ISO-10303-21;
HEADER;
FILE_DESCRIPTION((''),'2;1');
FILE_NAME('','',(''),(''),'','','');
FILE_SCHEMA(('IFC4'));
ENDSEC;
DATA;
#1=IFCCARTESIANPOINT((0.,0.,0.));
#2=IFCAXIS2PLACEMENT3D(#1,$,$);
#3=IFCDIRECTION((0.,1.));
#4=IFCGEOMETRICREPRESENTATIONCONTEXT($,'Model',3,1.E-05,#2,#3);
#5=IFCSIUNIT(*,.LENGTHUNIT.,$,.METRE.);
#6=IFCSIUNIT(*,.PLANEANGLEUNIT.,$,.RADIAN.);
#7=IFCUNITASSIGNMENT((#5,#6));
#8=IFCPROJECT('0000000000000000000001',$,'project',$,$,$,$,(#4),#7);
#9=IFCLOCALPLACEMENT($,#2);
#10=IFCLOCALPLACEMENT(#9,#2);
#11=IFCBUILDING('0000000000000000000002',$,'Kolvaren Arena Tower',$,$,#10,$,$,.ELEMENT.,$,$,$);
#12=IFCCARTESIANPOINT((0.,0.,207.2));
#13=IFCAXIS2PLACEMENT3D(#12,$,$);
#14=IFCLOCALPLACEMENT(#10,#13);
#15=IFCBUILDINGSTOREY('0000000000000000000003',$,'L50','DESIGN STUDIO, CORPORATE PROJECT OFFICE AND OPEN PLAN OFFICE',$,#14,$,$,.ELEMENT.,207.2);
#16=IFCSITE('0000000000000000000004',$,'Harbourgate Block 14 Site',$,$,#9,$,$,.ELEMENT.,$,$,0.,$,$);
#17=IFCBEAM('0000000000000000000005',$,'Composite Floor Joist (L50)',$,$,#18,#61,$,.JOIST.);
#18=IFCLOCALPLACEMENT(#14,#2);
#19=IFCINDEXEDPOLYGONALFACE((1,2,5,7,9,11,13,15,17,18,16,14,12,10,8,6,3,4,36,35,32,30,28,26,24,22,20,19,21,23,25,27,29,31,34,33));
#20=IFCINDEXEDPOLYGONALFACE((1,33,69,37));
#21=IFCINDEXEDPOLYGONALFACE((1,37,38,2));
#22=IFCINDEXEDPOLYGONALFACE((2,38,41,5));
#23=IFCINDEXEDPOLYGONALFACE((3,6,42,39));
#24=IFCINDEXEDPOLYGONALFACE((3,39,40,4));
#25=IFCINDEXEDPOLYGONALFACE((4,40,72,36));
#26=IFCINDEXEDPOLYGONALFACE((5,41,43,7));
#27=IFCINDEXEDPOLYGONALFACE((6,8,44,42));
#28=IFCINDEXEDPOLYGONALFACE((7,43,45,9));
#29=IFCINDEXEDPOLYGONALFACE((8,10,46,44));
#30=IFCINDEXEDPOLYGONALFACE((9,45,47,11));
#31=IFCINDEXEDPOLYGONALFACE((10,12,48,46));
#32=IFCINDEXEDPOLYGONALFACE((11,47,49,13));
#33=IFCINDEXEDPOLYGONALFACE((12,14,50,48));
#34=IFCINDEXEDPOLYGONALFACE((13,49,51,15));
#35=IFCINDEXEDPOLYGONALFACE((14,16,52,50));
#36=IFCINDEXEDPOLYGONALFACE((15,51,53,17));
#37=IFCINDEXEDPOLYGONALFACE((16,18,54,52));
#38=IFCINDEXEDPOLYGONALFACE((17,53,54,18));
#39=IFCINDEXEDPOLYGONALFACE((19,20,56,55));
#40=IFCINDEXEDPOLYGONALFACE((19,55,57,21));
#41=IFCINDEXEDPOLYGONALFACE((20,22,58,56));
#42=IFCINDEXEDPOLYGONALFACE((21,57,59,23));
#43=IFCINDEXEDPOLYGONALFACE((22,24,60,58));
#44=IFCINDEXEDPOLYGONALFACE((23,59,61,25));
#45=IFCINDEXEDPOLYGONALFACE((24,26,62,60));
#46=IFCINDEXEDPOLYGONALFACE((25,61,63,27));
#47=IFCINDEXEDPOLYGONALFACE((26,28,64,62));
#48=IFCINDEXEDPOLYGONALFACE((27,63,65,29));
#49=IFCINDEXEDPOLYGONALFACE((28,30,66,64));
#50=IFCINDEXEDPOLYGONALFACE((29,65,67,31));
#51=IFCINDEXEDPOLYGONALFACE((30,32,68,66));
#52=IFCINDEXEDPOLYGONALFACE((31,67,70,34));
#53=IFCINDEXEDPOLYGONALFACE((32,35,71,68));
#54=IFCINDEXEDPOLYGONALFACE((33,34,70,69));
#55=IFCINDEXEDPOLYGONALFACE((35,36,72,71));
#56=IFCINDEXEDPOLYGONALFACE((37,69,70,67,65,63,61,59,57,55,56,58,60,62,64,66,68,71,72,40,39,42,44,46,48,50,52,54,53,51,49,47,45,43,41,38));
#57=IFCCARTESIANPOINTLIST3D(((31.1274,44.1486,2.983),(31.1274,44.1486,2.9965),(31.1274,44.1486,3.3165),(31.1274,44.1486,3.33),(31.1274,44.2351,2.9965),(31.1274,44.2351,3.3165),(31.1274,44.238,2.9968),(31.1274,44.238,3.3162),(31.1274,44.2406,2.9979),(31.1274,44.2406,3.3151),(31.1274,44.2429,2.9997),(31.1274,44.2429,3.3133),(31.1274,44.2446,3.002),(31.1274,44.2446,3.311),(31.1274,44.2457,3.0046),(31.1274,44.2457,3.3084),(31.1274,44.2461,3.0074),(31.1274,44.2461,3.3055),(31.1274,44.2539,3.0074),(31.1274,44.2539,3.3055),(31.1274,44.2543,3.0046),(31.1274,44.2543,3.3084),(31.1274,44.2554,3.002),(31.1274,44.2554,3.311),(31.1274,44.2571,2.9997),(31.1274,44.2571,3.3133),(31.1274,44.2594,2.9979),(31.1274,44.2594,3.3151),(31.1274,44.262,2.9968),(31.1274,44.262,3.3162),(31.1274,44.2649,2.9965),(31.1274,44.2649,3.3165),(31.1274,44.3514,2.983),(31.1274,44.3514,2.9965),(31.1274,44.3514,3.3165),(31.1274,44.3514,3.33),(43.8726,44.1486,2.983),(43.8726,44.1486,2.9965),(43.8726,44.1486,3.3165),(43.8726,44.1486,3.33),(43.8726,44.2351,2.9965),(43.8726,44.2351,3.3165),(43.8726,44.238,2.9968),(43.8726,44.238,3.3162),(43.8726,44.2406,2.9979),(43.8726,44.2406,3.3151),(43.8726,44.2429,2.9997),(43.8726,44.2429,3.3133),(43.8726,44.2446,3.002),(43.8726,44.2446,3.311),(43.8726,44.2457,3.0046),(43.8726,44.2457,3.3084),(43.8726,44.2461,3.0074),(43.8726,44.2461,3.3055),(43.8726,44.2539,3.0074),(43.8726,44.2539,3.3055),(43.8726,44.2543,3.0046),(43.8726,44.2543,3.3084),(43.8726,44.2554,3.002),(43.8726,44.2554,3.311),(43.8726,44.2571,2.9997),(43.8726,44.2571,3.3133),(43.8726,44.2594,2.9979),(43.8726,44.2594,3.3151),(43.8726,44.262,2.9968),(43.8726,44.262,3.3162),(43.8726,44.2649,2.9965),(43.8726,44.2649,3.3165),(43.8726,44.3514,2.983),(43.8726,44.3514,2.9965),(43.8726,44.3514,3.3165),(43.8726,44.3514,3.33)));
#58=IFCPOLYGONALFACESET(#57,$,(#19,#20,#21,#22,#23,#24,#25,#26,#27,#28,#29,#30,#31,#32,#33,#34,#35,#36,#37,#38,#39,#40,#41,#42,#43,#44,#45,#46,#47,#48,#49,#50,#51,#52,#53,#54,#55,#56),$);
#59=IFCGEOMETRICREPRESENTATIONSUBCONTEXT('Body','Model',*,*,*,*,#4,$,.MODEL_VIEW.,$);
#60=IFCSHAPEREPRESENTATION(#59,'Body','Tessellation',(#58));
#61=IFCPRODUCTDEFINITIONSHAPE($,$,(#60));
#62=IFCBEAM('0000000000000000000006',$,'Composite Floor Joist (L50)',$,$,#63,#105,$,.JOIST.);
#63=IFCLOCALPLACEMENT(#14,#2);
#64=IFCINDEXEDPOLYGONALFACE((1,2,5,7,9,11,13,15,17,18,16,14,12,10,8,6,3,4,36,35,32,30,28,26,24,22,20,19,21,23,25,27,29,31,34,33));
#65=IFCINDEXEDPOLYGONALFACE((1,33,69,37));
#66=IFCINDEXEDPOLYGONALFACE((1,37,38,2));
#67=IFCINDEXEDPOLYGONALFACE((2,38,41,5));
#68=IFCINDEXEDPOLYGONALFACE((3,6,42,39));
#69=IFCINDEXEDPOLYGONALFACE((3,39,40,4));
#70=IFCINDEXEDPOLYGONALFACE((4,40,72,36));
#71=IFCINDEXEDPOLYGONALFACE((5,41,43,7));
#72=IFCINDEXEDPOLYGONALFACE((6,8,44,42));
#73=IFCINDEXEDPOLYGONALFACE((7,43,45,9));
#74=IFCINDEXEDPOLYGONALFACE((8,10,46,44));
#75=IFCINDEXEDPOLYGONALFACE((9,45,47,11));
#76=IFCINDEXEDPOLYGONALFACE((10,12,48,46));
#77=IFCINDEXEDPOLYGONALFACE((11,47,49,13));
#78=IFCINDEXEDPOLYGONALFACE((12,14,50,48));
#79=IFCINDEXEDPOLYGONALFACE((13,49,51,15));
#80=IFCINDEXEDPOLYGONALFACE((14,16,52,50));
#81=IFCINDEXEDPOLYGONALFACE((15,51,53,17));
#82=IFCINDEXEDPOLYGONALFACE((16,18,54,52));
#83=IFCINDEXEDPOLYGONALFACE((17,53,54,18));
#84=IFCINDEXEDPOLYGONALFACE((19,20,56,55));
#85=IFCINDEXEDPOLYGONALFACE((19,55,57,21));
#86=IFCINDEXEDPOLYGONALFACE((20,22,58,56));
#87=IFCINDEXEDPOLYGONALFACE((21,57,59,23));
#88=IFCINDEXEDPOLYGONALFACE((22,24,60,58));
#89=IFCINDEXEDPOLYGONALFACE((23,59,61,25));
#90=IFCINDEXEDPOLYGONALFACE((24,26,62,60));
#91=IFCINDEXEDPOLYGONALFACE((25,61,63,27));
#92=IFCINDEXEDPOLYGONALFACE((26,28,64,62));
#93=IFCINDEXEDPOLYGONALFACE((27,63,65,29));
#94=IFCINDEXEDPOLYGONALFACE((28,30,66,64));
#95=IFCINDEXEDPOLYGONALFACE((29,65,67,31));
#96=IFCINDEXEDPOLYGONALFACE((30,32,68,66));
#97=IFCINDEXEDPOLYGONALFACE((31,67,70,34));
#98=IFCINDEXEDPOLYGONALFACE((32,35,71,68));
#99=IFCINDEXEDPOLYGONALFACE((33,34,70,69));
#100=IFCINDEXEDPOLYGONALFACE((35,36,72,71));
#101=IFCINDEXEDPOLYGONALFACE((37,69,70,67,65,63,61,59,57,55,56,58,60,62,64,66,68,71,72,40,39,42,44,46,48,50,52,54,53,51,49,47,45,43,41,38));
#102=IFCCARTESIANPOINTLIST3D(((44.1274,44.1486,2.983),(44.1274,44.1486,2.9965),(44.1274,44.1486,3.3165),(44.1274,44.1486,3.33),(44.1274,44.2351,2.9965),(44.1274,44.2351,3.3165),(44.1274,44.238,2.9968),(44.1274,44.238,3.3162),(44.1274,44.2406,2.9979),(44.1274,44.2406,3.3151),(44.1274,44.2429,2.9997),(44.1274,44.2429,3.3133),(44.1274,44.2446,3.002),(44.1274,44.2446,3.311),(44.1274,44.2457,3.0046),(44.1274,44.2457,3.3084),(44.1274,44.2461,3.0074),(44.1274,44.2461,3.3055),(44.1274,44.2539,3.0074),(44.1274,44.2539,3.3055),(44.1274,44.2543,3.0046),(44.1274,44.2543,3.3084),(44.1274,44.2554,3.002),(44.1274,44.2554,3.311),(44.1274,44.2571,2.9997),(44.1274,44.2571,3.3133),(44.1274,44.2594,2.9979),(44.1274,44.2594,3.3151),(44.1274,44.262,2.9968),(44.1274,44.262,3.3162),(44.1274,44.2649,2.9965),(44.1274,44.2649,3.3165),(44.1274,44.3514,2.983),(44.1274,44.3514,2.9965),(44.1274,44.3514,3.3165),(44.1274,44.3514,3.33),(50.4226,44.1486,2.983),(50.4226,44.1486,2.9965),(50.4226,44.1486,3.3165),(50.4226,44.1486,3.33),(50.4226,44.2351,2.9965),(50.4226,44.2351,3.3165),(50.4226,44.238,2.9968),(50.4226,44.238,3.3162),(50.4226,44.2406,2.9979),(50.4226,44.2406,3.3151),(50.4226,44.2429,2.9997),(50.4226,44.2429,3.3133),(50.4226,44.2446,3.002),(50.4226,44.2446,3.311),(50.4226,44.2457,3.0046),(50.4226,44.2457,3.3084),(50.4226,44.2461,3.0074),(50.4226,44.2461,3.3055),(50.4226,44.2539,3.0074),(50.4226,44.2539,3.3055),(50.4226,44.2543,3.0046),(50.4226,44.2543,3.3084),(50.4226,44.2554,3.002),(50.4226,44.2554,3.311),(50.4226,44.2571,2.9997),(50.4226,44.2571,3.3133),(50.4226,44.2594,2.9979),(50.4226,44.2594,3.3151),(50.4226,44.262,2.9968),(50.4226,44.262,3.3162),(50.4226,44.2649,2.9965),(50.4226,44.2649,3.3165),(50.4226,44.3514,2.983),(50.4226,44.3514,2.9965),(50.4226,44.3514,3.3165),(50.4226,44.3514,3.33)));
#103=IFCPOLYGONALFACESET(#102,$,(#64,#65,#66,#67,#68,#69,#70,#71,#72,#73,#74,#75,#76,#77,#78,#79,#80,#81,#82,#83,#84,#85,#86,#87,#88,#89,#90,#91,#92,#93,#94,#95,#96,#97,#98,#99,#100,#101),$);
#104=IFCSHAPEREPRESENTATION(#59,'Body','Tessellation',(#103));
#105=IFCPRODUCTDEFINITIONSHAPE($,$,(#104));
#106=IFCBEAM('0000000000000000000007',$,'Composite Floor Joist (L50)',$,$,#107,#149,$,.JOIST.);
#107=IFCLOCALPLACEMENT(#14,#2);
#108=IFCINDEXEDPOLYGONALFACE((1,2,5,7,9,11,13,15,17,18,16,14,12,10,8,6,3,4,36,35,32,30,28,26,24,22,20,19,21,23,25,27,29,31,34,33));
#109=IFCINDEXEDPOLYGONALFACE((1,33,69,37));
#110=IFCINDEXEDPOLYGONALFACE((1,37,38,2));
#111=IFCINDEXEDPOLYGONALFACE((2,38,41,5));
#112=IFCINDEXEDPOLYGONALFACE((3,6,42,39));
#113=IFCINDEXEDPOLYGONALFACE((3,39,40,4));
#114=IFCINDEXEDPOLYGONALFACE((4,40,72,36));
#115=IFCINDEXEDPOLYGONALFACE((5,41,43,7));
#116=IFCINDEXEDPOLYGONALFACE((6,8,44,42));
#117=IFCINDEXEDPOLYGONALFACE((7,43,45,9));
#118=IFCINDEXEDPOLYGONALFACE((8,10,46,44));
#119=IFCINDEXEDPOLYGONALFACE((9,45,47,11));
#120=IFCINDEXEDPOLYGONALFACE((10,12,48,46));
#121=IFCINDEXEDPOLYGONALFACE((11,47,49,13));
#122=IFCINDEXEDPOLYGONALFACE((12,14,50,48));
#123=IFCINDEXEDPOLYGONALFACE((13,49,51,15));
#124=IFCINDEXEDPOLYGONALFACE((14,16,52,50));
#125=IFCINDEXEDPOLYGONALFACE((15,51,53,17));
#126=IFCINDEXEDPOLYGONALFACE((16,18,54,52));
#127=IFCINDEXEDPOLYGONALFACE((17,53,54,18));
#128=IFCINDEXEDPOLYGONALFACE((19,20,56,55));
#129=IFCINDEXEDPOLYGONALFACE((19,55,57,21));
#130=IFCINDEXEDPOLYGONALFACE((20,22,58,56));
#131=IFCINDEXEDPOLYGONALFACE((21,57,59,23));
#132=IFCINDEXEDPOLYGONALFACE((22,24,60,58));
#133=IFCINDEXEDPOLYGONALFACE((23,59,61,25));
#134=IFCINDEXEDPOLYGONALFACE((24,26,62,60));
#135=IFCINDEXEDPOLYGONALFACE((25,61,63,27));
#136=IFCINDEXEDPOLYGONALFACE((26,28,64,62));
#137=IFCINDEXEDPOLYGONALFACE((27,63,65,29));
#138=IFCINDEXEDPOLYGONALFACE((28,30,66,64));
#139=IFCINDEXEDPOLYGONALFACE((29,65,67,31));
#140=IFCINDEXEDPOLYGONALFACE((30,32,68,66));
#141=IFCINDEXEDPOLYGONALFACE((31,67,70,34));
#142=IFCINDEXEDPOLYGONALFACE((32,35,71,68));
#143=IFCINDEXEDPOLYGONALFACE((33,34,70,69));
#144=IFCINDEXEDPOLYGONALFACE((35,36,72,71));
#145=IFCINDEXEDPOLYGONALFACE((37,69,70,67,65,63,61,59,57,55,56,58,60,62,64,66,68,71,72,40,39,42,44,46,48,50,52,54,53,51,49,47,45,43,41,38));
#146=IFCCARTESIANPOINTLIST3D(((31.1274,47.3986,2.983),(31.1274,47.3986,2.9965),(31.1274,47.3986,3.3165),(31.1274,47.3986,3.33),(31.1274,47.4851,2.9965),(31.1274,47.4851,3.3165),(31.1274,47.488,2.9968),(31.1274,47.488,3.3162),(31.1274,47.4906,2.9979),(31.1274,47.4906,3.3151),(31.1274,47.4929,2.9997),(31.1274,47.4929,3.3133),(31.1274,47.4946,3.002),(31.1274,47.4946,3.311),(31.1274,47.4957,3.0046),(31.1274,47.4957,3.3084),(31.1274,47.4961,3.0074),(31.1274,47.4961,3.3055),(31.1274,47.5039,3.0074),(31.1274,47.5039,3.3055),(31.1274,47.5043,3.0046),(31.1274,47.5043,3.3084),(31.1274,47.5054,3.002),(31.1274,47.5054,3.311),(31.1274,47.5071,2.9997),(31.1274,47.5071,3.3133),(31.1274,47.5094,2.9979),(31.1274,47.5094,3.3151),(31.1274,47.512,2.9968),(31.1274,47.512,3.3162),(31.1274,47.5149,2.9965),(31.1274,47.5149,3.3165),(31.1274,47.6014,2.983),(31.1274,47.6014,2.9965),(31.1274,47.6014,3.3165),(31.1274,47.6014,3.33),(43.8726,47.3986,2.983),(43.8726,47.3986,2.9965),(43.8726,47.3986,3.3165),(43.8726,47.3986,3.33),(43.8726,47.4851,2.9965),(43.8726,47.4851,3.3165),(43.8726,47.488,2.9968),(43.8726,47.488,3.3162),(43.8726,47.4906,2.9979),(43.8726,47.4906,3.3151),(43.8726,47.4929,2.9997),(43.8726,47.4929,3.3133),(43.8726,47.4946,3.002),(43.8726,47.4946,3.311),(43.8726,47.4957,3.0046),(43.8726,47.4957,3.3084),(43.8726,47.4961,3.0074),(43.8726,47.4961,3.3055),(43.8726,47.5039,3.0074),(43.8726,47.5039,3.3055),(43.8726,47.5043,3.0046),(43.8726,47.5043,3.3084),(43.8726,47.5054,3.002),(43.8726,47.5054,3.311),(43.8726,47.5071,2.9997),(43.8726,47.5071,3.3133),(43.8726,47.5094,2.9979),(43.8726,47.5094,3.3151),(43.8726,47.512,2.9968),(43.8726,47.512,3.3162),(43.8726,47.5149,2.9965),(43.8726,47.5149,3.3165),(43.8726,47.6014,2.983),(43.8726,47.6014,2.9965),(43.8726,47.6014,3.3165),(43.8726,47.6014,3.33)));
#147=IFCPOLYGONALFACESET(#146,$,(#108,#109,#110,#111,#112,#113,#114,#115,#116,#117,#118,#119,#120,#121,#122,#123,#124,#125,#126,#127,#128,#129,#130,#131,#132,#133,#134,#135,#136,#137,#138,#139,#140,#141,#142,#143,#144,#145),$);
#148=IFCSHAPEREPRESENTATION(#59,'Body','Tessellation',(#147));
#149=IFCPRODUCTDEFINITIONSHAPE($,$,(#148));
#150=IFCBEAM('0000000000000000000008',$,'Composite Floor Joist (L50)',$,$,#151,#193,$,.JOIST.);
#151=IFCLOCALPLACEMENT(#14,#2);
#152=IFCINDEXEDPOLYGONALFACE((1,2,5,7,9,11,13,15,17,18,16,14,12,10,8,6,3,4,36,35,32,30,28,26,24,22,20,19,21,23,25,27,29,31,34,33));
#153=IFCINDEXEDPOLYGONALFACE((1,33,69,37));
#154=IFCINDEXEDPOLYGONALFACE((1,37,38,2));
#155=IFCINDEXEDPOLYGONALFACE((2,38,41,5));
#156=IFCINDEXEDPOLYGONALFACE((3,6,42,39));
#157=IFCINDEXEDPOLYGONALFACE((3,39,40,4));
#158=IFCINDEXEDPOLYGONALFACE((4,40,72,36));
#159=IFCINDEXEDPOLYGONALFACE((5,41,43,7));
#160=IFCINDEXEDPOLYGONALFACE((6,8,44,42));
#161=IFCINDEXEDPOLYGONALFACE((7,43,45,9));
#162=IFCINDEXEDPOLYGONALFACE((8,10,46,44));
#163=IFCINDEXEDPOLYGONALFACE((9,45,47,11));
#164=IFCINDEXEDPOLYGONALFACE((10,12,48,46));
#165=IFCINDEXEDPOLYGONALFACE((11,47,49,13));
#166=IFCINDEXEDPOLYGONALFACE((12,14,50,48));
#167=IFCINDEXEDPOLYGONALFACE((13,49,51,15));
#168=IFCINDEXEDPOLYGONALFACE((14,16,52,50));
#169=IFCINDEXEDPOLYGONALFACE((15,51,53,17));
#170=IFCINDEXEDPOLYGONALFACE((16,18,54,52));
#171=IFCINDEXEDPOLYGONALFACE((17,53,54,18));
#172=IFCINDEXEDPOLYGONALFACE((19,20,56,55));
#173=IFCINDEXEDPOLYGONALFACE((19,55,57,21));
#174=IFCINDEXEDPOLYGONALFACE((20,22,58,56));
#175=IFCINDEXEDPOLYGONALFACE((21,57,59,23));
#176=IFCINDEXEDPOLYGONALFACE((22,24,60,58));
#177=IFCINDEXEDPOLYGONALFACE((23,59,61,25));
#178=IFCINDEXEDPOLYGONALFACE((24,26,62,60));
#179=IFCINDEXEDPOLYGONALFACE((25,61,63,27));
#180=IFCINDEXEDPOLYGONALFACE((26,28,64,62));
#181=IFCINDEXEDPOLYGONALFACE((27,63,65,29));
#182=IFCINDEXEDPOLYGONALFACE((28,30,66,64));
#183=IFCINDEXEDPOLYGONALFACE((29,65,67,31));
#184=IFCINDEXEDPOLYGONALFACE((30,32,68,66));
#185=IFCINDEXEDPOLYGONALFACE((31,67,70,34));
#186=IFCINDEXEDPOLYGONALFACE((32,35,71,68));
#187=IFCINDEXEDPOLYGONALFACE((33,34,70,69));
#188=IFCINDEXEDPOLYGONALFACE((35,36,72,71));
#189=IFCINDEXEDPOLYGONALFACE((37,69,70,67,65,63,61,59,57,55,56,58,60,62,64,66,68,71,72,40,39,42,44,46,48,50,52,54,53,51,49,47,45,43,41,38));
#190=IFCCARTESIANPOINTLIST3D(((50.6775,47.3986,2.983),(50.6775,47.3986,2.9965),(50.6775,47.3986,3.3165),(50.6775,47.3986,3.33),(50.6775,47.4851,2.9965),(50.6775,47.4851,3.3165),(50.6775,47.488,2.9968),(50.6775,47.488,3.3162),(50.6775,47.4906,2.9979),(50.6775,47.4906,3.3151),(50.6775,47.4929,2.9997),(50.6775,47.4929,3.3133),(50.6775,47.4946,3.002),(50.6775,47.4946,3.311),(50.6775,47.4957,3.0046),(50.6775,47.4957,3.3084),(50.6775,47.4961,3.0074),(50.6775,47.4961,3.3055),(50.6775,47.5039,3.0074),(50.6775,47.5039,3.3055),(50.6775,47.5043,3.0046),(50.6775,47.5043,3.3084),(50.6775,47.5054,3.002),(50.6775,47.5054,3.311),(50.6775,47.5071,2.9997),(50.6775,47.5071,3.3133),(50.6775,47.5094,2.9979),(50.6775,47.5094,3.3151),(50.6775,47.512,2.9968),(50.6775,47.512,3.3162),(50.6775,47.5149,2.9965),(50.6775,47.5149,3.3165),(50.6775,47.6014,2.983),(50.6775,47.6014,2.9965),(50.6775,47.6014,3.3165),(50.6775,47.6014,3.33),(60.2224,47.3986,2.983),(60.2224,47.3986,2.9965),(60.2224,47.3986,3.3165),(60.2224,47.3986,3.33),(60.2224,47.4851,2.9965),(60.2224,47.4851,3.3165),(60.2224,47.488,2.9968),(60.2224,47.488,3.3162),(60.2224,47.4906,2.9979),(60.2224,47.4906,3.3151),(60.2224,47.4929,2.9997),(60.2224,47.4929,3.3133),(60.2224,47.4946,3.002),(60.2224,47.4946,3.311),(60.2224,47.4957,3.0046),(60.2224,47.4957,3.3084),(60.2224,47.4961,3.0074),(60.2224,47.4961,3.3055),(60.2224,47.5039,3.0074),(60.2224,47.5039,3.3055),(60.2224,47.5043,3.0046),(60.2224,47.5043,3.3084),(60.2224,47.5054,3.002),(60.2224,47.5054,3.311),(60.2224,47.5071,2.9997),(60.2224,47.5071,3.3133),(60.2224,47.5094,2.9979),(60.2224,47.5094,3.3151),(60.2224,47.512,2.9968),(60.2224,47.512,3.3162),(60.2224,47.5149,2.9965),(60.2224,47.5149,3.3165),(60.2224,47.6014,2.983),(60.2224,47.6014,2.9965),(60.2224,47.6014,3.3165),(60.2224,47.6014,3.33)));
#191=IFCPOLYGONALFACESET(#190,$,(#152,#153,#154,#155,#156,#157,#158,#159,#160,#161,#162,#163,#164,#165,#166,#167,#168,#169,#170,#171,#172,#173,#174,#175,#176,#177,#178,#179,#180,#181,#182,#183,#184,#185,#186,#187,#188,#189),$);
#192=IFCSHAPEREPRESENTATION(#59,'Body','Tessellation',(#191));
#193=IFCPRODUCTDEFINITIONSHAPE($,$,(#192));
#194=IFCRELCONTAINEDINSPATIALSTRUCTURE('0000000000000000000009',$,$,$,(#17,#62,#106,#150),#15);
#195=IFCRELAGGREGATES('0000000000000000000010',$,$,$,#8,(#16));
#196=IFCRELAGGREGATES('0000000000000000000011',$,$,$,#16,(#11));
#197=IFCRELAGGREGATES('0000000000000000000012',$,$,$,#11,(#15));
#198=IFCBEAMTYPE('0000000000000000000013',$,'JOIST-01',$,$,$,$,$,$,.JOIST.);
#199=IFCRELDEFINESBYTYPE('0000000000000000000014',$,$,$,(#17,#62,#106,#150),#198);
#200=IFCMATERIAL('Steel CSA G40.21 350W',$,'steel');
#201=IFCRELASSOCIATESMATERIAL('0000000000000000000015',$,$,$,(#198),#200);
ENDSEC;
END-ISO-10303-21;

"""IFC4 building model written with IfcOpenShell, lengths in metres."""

from ifc_helpers import new_model, si_unit, direction, frame, origin, origin_2d, place, context, subcontext, project, spatial, i_section, extrude, material, material_profile, profile_set, type_object, element, save


model = new_model("IFC4")

# Units and contexts
model_context = context("Model", 3, precision=1e-05, world=origin(), true_north=direction((0.0, 1.0)))
body_context = subcontext(model_context, "Body", "Model", "MODEL_VIEW")
ifc_project = project(units=[si_unit("LENGTHUNIT", "METRE"), si_unit("PLANEANGLEUNIT", "RADIAN")], contexts=[model_context])

# Site, building, storey
site_placement = place(None, origin())
site = spatial("IfcSite", under=ifc_project, at=site_placement, Name="Harbourgate Block 14 Site", CompositionType="ELEMENT", RefElevation=0.0)
building_placement = place(site_placement, origin())
building = spatial("IfcBuilding", under=site, at=building_placement, Name="Kolvaren Arena Tower", CompositionType="ELEMENT")
storey_placement = place(building_placement, frame((0.0, 0.0, 207.2)))
storey = spatial("IfcBuildingStorey", under=building, at=storey_placement, Name="L50", Description="DESIGN STUDIO, CORPORATE PROJECT OFFICE AND OPEN PLAN OFFICE", CompositionType="ELEMENT", Elevation=207.2)

# Beams
ifc_material_1 = material(Name="Steel CSA G40.21 350W", Category="steel")
ifc_material_profile_1 = material_profile(ifc_material_1, i_section(OverallWidth=0.2029, OverallDepth=0.3469, WebThickness=0.0078, FlangeThickness=0.0134, FilletRadius=0.011, at=origin_2d()), Name="W360x64")
ifc_profile_set_1 = profile_set([ifc_material_profile_1], Name="Steel CSA G40.21 350W")
beam_type_1 = type_object("IfcBeamType", Name="JOIST-01", PredefinedType="JOIST", material=ifc_profile_set_1)
beam_1_placement = place(storey_placement, frame((31.1274, 44.25, 3.1565), z_axis=(1.0, 0.0, 0.0), x_axis=(0.0, 1.0, 0.0)))
element("IfcBeam", 1, at=beam_1_placement, inside=storey, type_object=beam_type_1, Name="Composite Floor Joist (L50)", PredefinedType="JOIST", context=body_context, shape_type="SweptSolid", body=[
    extrude(i_section(OverallWidth=0.2029, OverallDepth=0.3469, WebThickness=0.0078, FlangeThickness=0.0134, FilletRadius=0.011, at=origin_2d()), origin(), (0.0, 0.0, 1.0), 12.7451),
])
beam_2_placement = place(storey_placement, frame((44.1274, 44.25, 3.1565), z_axis=(1.0, 0.0, 0.0), x_axis=(0.0, 1.0, 0.0)))
element("IfcBeam", 2, at=beam_2_placement, inside=storey, type_object=beam_type_1, Name="Composite Floor Joist (L50)", PredefinedType="JOIST", context=body_context, shape_type="SweptSolid", body=[
    extrude(i_section(OverallWidth=0.2029, OverallDepth=0.3469, WebThickness=0.0078, FlangeThickness=0.0134, FilletRadius=0.011, at=origin_2d()), origin(), (0.0, 0.0, 1.0), 6.2952),
])
beam_3_placement = place(storey_placement, frame((31.1274, 47.5, 3.1565), z_axis=(1.0, 0.0, 0.0), x_axis=(0.0, 1.0, 0.0)))
element("IfcBeam", 3, at=beam_3_placement, inside=storey, type_object=beam_type_1, Name="Composite Floor Joist (L50)", PredefinedType="JOIST", context=body_context, shape_type="SweptSolid", body=[
    extrude(i_section(OverallWidth=0.2029, OverallDepth=0.3469, WebThickness=0.0078, FlangeThickness=0.0134, FilletRadius=0.011, at=origin_2d()), origin(), (0.0, 0.0, 1.0), 12.7451),
])
beam_4_placement = place(storey_placement, frame((50.6775, 47.5, 3.1565), z_axis=(1.0, 0.0, 0.0), x_axis=(0.0, 1.0, 0.0)))
element("IfcBeam", 4, at=beam_4_placement, inside=storey, type_object=beam_type_1, Name="Composite Floor Joist (L50)", PredefinedType="JOIST", context=body_context, shape_type="SweptSolid", body=[
    extrude(i_section(OverallWidth=0.2029, OverallDepth=0.3469, WebThickness=0.0078, FlangeThickness=0.0134, FilletRadius=0.011, at=origin_2d()), origin(), (0.0, 0.0, 1.0), 9.5449),
])

save(model, "model.ifc")
